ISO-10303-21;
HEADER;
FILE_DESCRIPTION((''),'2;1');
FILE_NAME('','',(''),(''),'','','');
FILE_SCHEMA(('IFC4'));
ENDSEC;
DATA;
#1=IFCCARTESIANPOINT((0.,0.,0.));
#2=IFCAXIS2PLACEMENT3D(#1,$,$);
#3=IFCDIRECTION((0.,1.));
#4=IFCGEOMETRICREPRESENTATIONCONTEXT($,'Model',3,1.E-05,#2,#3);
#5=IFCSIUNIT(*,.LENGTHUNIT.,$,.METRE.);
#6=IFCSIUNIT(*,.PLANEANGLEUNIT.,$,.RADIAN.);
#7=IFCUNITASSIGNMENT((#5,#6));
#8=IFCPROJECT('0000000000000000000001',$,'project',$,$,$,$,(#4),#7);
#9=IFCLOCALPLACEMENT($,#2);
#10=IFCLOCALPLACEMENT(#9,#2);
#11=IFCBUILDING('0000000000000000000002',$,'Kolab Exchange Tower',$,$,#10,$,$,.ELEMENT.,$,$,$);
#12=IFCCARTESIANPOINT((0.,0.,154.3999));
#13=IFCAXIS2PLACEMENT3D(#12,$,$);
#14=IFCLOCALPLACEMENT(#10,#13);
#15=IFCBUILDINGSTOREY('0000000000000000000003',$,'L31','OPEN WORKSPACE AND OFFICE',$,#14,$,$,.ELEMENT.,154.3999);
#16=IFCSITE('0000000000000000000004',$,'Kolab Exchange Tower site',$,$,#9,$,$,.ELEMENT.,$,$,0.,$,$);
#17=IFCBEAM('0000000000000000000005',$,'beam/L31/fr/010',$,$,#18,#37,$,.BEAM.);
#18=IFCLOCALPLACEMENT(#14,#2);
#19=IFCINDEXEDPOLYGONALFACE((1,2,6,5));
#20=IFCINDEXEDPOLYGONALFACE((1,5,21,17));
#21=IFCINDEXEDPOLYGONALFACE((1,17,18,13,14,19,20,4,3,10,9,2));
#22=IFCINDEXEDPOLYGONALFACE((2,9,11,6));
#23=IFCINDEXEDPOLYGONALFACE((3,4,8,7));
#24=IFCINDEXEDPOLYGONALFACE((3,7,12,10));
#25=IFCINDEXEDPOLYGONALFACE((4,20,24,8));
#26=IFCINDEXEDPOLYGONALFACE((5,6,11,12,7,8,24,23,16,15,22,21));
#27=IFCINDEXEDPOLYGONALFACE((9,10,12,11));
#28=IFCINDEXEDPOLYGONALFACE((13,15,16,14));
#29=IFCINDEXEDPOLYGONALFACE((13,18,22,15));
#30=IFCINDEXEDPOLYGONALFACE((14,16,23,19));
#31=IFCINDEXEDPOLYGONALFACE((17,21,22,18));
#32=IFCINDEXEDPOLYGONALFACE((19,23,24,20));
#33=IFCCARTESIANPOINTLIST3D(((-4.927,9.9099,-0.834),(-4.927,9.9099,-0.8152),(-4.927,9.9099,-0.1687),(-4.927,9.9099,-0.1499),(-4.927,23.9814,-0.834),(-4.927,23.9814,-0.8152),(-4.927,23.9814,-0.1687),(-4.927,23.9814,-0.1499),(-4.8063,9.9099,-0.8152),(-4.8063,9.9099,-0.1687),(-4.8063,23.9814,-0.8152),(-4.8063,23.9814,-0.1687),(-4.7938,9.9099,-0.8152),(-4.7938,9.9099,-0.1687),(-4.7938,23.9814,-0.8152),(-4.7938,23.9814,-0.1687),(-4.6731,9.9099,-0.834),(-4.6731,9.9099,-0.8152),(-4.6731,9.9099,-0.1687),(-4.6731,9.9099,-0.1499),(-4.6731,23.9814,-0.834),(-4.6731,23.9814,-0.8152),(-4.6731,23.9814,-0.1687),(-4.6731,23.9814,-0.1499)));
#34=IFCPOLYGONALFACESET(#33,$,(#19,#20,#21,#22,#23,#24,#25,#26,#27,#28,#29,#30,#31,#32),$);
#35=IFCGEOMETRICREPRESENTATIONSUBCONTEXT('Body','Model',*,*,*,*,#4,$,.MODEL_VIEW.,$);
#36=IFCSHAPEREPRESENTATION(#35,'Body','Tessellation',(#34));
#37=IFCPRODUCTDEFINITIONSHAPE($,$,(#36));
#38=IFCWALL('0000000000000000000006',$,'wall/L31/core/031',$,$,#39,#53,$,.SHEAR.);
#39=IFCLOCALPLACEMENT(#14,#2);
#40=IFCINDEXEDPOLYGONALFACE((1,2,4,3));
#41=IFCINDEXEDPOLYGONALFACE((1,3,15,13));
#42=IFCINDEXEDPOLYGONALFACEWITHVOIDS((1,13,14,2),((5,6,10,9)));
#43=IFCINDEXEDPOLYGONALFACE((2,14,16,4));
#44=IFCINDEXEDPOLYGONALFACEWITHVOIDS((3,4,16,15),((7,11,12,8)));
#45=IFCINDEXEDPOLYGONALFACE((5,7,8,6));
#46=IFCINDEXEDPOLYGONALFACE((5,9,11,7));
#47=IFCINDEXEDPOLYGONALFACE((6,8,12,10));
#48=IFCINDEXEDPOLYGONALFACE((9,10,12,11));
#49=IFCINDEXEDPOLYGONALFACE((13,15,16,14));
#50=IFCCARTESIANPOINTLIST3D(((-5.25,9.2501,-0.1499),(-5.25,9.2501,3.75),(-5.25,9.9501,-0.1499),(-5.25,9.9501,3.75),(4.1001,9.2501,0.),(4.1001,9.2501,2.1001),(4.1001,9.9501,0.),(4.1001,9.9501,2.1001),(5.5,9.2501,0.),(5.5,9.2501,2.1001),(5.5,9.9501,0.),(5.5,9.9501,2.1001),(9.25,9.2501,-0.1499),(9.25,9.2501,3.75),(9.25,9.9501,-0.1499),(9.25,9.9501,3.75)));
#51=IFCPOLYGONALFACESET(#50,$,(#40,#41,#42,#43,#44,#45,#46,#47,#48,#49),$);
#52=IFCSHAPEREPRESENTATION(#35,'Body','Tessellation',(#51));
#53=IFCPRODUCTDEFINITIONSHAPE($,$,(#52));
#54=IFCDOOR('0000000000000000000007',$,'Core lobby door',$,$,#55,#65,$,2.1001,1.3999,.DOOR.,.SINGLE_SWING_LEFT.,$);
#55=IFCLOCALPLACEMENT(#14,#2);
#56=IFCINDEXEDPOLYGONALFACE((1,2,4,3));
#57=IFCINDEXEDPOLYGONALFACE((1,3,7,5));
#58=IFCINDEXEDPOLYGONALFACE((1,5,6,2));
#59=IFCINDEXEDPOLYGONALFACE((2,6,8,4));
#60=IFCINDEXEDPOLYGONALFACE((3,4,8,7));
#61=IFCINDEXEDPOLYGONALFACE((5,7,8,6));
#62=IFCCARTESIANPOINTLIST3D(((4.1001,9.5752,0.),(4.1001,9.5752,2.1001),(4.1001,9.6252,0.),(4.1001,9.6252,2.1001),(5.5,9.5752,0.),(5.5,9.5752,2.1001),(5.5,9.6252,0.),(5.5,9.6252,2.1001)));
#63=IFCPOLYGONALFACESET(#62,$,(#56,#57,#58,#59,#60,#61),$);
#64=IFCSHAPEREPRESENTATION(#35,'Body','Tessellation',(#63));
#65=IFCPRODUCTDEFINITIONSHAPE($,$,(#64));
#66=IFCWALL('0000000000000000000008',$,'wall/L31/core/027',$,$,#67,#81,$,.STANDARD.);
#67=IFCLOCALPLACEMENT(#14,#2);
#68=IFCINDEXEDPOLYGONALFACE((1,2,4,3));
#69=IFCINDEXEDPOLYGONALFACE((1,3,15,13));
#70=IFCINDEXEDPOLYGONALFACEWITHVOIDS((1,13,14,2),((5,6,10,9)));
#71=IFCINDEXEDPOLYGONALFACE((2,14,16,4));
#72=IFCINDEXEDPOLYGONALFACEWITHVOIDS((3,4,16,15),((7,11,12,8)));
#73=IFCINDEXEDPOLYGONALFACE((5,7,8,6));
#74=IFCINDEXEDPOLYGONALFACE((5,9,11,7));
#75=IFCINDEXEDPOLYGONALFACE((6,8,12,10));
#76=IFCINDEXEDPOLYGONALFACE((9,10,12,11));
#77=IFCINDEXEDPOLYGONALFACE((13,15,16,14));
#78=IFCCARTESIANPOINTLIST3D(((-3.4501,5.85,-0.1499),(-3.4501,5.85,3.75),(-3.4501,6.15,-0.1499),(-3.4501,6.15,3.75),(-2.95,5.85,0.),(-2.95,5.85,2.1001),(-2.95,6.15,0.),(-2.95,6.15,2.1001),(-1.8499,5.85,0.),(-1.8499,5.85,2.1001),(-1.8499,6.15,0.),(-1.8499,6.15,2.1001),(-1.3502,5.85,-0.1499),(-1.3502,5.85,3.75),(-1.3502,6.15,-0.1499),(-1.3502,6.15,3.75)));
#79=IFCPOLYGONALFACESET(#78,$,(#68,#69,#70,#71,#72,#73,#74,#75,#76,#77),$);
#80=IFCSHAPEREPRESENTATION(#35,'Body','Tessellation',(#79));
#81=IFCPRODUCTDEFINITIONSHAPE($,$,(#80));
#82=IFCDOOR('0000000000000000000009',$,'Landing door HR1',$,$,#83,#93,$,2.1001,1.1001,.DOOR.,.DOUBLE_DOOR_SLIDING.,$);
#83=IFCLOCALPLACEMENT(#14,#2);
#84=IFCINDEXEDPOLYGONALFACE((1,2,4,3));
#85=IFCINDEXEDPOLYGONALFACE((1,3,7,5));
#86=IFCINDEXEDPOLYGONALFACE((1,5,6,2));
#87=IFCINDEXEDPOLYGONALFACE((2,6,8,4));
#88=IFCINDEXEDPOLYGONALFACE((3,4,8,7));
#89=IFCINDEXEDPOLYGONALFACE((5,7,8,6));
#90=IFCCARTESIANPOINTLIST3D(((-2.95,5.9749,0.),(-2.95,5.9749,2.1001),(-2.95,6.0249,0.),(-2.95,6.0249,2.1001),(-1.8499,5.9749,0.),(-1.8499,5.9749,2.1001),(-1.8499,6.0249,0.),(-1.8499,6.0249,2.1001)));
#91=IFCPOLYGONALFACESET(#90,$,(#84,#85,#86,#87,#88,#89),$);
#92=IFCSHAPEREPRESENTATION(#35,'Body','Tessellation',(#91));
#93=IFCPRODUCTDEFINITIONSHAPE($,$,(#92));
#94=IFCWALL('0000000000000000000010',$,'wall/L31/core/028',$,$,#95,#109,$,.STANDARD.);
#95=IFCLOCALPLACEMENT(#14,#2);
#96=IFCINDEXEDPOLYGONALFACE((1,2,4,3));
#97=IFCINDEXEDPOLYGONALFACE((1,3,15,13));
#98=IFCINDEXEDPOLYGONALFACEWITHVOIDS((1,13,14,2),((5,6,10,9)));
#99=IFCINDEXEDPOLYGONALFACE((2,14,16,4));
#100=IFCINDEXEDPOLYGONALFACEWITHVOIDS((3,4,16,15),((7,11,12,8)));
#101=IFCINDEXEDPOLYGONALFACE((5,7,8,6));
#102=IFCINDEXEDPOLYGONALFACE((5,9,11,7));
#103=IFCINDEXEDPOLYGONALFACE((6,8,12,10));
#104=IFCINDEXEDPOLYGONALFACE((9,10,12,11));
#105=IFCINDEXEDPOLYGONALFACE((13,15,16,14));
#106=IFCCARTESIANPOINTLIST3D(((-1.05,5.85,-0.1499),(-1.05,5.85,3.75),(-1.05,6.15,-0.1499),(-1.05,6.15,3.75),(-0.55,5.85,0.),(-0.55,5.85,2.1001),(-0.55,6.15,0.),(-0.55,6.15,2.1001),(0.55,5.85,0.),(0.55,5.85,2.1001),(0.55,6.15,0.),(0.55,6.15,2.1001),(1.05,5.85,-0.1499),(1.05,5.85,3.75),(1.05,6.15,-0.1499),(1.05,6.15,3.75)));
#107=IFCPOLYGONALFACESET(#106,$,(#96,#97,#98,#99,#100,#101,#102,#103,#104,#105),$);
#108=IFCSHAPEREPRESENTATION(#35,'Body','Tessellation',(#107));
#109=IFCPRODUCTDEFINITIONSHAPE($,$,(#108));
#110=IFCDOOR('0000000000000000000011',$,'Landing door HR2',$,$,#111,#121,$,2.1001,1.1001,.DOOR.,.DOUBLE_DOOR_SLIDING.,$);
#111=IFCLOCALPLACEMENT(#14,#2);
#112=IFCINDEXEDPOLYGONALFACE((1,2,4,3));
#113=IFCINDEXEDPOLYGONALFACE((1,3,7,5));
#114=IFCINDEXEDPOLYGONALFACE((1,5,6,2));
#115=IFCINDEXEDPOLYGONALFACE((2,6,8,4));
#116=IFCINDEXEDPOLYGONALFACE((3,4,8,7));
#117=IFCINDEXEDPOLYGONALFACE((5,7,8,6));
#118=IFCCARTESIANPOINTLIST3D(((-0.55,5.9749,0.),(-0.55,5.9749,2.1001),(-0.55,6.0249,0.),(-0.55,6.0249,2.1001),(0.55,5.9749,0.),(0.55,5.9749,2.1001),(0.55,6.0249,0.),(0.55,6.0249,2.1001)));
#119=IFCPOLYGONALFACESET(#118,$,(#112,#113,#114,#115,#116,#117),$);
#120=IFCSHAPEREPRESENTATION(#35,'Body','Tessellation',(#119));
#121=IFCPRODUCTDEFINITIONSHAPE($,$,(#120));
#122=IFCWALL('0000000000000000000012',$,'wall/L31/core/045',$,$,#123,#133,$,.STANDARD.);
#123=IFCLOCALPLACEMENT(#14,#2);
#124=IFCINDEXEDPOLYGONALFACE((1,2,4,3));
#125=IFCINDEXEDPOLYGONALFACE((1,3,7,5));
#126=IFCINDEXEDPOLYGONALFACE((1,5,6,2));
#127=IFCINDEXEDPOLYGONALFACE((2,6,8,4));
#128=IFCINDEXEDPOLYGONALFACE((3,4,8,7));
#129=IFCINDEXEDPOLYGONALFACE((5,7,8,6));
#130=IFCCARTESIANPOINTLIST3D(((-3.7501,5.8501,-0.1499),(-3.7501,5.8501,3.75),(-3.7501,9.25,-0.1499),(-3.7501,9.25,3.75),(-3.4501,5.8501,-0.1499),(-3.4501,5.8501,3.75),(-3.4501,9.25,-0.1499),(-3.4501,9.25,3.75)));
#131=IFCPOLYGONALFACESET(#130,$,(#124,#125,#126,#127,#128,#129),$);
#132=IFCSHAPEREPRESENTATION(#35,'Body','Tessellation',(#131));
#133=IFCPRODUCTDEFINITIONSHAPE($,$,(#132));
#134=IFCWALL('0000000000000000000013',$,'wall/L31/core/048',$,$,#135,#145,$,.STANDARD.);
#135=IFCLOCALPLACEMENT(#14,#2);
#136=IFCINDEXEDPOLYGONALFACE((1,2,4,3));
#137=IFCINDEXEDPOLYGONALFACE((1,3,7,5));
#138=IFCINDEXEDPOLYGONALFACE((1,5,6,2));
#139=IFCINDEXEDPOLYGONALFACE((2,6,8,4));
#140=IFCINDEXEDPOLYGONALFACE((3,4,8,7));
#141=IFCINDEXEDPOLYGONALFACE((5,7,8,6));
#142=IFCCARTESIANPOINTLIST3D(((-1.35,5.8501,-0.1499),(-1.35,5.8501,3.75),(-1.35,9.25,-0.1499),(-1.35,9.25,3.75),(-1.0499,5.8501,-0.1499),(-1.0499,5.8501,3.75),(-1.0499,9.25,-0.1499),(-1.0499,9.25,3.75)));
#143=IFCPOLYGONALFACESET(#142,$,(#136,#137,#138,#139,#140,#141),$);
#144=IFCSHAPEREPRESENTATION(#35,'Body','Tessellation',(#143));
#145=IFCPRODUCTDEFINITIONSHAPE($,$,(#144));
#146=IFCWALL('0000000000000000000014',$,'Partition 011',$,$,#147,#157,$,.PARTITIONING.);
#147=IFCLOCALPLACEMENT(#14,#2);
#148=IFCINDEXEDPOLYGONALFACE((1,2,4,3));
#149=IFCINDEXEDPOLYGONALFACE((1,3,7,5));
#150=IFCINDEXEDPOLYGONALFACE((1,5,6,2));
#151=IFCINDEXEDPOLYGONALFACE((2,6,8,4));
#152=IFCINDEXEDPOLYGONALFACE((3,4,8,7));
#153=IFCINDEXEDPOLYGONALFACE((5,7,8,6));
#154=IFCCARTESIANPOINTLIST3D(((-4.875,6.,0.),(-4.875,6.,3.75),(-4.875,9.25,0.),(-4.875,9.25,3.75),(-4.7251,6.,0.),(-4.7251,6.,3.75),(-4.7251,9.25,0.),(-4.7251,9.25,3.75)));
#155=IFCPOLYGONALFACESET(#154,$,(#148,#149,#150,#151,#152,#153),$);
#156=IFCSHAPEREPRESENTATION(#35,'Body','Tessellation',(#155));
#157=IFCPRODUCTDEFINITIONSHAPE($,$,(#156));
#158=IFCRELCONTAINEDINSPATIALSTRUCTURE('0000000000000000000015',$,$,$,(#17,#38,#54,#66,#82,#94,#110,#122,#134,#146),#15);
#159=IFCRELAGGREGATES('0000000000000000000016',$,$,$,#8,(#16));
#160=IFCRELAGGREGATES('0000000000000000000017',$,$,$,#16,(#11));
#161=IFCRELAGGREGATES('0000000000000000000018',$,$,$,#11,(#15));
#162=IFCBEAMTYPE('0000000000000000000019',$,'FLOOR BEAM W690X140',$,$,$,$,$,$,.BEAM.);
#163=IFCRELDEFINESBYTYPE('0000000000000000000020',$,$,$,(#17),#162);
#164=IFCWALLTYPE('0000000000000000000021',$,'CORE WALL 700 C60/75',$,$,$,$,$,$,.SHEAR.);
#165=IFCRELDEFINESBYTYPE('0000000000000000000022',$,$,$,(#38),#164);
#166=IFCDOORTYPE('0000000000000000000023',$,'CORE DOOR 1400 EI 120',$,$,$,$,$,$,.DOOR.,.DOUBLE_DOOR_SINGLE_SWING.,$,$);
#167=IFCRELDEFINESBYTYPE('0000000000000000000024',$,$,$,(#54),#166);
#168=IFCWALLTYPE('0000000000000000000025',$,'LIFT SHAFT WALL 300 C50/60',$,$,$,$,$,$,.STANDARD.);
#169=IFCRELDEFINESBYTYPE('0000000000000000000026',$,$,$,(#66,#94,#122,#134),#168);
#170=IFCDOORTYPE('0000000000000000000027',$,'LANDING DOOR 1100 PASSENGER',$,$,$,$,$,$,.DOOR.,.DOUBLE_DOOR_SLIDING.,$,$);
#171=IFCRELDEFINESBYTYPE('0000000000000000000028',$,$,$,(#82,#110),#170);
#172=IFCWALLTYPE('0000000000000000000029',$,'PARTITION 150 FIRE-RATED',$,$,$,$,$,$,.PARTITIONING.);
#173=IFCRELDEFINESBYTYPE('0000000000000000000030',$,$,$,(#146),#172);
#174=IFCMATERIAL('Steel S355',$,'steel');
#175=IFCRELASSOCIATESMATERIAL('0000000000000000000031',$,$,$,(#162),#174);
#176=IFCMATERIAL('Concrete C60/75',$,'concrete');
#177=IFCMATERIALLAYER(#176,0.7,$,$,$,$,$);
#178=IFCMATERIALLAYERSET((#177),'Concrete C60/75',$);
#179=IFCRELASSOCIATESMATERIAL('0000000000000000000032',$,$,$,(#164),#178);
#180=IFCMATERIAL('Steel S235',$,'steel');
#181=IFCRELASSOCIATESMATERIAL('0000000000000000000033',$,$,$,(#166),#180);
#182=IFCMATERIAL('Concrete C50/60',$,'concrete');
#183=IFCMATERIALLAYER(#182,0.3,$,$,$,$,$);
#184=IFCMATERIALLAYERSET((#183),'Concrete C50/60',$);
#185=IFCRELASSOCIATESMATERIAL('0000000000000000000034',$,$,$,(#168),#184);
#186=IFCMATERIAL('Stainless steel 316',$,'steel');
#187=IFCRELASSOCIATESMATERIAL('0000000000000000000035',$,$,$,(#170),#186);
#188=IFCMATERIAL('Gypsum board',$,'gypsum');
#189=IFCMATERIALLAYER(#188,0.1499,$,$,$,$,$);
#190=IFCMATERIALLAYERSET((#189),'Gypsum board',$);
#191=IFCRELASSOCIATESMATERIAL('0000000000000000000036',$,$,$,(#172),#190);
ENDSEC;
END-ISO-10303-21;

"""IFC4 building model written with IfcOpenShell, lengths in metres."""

from ifc_helpers import new_model, si_unit, direction, frame, frame_2d, origin, origin_2d, place, context, subcontext, project, spatial, rectangle, i_section, extrude, material, layer, layer_set, material_profile, profile_set, type_object, element, fill, save


model = new_model("IFC4")

# Units and contexts
model_context = context("Model", 3, precision=1e-05, world=origin(), true_north=direction((0.0, 1.0)))
body_context = subcontext(model_context, "Body", "Model", "MODEL_VIEW")
ifc_project = project(units=[si_unit("LENGTHUNIT", "METRE"), si_unit("PLANEANGLEUNIT", "RADIAN")], contexts=[model_context])

# Site, building, storey
site_placement = place(None, origin())
site = spatial("IfcSite", under=ifc_project, at=site_placement, Name="Kolab Exchange Tower site", CompositionType="ELEMENT", RefElevation=0.0)
building_placement = place(site_placement, origin())
building = spatial("IfcBuilding", under=site, at=building_placement, Name="Kolab Exchange Tower", CompositionType="ELEMENT")
storey_placement = place(building_placement, frame((0.0, 0.0, 154.3999)))
storey = spatial("IfcBuildingStorey", under=building, at=storey_placement, Name="L31", Description="OPEN WORKSPACE AND OFFICE", CompositionType="ELEMENT", Elevation=154.3999)

# Beam
ifc_material_1 = material(Name="Steel S355", Category="steel")
ifc_material_profile = material_profile(ifc_material_1, i_section(OverallWidth=0.2539, OverallDepth=0.6841, WebThickness=0.0125, FlangeThickness=0.0188, at=origin_2d()), Name="W690X140")
ifc_profile_set = profile_set([ifc_material_profile], Name="Steel S355")
beam_type = type_object("IfcBeamType", Name="FLOOR BEAM W690X140", PredefinedType="BEAM", material=ifc_profile_set)
beam_placement = place(storey_placement, frame((-4.8, 9.9099, -0.4919), z_axis=(0.0, 1.0, 0.0), x_axis=(-1.0, 0.0, 0.0)))
element("IfcBeam", 1, at=beam_placement, inside=storey, type_object=beam_type, Name="beam/L31/fr/010", PredefinedType="BEAM", context=body_context, shape_type="SweptSolid", body=[
    extrude(i_section(OverallWidth=0.2539, OverallDepth=0.6841, WebThickness=0.0125, FlangeThickness=0.0188, at=origin_2d()), origin(), (0.0, 0.0, 1.0), 14.0715),
])

# Walls, openings, doors
ifc_material_2 = material(Name="Concrete C60/75", Category="concrete")
ifc_layer_1 = layer(ifc_material_2, 0.7)
ifc_layer_set_1 = layer_set([ifc_layer_1], Name="Concrete C60/75")
wall_type_1 = type_object("IfcWallType", Name="CORE WALL 700 C60/75", PredefinedType="SHEAR", material=ifc_layer_set_1)
wall_1_placement = place(storey_placement, frame((-5.25, 9.6001, -0.1499), z_axis=(0.0, 0.0, 1.0), x_axis=(1.0, 0.0, 0.0)))
wall_1 = element("IfcWall", 2, at=wall_1_placement, inside=storey, type_object=wall_type_1, Name="wall/L31/core/031", PredefinedType="SHEAR", context=body_context, shape_type="SweptSolid", body=[
    extrude(rectangle(XDim=14.5, YDim=0.7, at=frame_2d((7.25, 0.0))), origin(), (0.0, 0.0, 1.0), 3.8999),
])
opening_1_placement = place(wall_1_placement, frame((9.3501, 0.0, 0.1499)))
opening_1 = element("IfcOpeningElement", 3, at=opening_1_placement, cuts=wall_1, PredefinedType="OPENING", context=body_context, shape_type="SweptSolid", body=[
    extrude(rectangle(XDim=1.3999, YDim=2.1001, at=frame_2d((0.7, 1.05))), frame((0.0, 0.3599, 0.0), z_axis=(0.0, -1.0, 0.0), x_axis=(1.0, 0.0, 0.0)), (0.0, 0.0, 1.0), 0.72),
])
ifc_material_3 = material(Name="Steel S235", Category="steel")
door_type_1 = type_object("IfcDoorType", Name="CORE DOOR 1400 EI 120", OperationType="DOUBLE_DOOR_SINGLE_SWING", PredefinedType="DOOR", material=ifc_material_3)
door_1_placement = place(opening_1_placement, frame((1.3999, 0.0, 0.0), z_axis=(0.0, 0.0, 1.0), x_axis=(-1.0, 0.0, 0.0)))
door_1 = element("IfcDoor", 4, at=door_1_placement, inside=storey, type_object=door_type_1, Name="Core lobby door", OperationType="SINGLE_SWING_LEFT", OverallHeight=2.1001, OverallWidth=1.3999, PredefinedType="DOOR", context=body_context, shape_type="SweptSolid", body=[
    extrude(rectangle(XDim=1.3999, YDim=2.1001, at=frame_2d((0.7, 1.05))), frame((0.0, 0.0249, 0.0), z_axis=(0.0, -1.0, 0.0), x_axis=(1.0, 0.0, 0.0)), (0.0, 0.0, 1.0), 0.05),
])
fill(opening_1, door_1)
ifc_material_4 = material(Name="Concrete C50/60", Category="concrete")
ifc_layer_2 = layer(ifc_material_4, 0.3)
ifc_layer_set_2 = layer_set([ifc_layer_2], Name="Concrete C50/60")
wall_type_2 = type_object("IfcWallType", Name="LIFT SHAFT WALL 300 C50/60", PredefinedType="STANDARD", material=ifc_layer_set_2)
wall_2_placement = place(storey_placement, frame((-3.45, 6.0, -0.1499), z_axis=(0.0, 0.0, 1.0), x_axis=(1.0, 0.0, 0.0)))
wall_2 = element("IfcWall", 5, at=wall_2_placement, inside=storey, type_object=wall_type_2, Name="wall/L31/core/027", PredefinedType="STANDARD", context=body_context, shape_type="SweptSolid", body=[
    extrude(rectangle(XDim=2.0999, YDim=0.3, at=frame_2d((1.0498, 0.0))), origin(), (0.0, 0.0, 1.0), 3.8999),
])
opening_2_placement = place(wall_2_placement, frame((0.5, 0.0, 0.1499)))
opening_2 = element("IfcOpeningElement", 6, at=opening_2_placement, cuts=wall_2, PredefinedType="OPENING", context=body_context, shape_type="SweptSolid", body=[
    extrude(rectangle(XDim=1.1001, YDim=2.1001, at=frame_2d((0.55, 1.05))), frame((0.0, 0.1602, 0.0), z_axis=(0.0, -1.0, 0.0), x_axis=(1.0, 0.0, 0.0)), (0.0, 0.0, 1.0), 0.3201),
])
ifc_material_5 = material(Name="Stainless steel 316", Category="steel")
door_type_2 = type_object("IfcDoorType", Name="LANDING DOOR 1100 PASSENGER", OperationType="DOUBLE_DOOR_SLIDING", PredefinedType="DOOR", material=ifc_material_5)
door_2_placement = place(opening_2_placement, origin())
door_2 = element("IfcDoor", 7, at=door_2_placement, inside=storey, type_object=door_type_2, Name="Landing door HR1", OperationType="DOUBLE_DOOR_SLIDING", OverallHeight=2.1001, OverallWidth=1.1001, PredefinedType="DOOR", context=body_context, shape_type="SweptSolid", body=[
    extrude(rectangle(XDim=1.1001, YDim=2.1001, at=frame_2d((0.55, 1.05))), frame((0.0, 0.0249, 0.0), z_axis=(0.0, -1.0, 0.0), x_axis=(1.0, 0.0, 0.0)), (0.0, 0.0, 1.0), 0.05),
])
fill(opening_2, door_2)
wall_3_placement = place(storey_placement, frame((-1.05, 6.0, -0.1499), z_axis=(0.0, 0.0, 1.0), x_axis=(1.0, 0.0, 0.0)))
wall_3 = element("IfcWall", 8, at=wall_3_placement, inside=storey, type_object=wall_type_2, Name="wall/L31/core/028", PredefinedType="STANDARD", context=body_context, shape_type="SweptSolid", body=[
    extrude(rectangle(XDim=2.1001, YDim=0.3, at=frame_2d((1.05, 0.0))), origin(), (0.0, 0.0, 1.0), 3.8999),
])
opening_3_placement = place(wall_3_placement, frame((0.5, 0.0, 0.1499)))
opening_3 = element("IfcOpeningElement", 9, at=opening_3_placement, cuts=wall_3, PredefinedType="OPENING", context=body_context, shape_type="SweptSolid", body=[
    extrude(rectangle(XDim=1.1001, YDim=2.1001, at=frame_2d((0.55, 1.05))), frame((0.0, 0.1602, 0.0), z_axis=(0.0, -1.0, 0.0), x_axis=(1.0, 0.0, 0.0)), (0.0, 0.0, 1.0), 0.3201),
])
door_3_placement = place(opening_3_placement, origin())
door_3 = element("IfcDoor", 10, at=door_3_placement, inside=storey, type_object=door_type_2, Name="Landing door HR2", OperationType="DOUBLE_DOOR_SLIDING", OverallHeight=2.1001, OverallWidth=1.1001, PredefinedType="DOOR", context=body_context, shape_type="SweptSolid", body=[
    extrude(rectangle(XDim=1.1001, YDim=2.1001, at=frame_2d((0.55, 1.05))), frame((0.0, 0.0249, 0.0), z_axis=(0.0, -1.0, 0.0), x_axis=(1.0, 0.0, 0.0)), (0.0, 0.0, 1.0), 0.05),
])
fill(opening_3, door_3)

# Walls
for number, where, z_axis, x_axis, name in (
    (11, (-3.6001, 5.8501, -0.1499), (0.0, 0.0, 1.0), (0.0, 1.0, 0.0), "wall/L31/core/045"),
    (12, (-1.2, 5.8501, -0.1499), (0.0, 0.0, 1.0), (0.0, 1.0, 0.0), "wall/L31/core/048"),
):
    element("IfcWall", number, at=place(storey_placement, frame(where, z_axis=z_axis, x_axis=x_axis)), inside=storey, type_object=wall_type_2, Name=name, PredefinedType="STANDARD", context=body_context, shape_type="SweptSolid", body=[
        extrude(rectangle(XDim=3.3999, YDim=0.3, at=frame_2d((1.7, 0.0))), origin(), (0.0, 0.0, 1.0), 3.8999),
    ])
ifc_material_6 = material(Name="Gypsum board", Category="gypsum")
ifc_layer_3 = layer(ifc_material_6, 0.1499)
ifc_layer_set_3 = layer_set([ifc_layer_3], Name="Gypsum board")
wall_type_3 = type_object("IfcWallType", Name="PARTITION 150 FIRE-RATED", PredefinedType="PARTITIONING", material=ifc_layer_set_3)
wall_4_placement = place(storey_placement, frame((-4.8, 6.0, 0.0), z_axis=(0.0, 0.0, 1.0), x_axis=(0.0, 1.0, 0.0)))
element("IfcWall", 13, at=wall_4_placement, inside=storey, type_object=wall_type_3, Name="Partition 011", PredefinedType="PARTITIONING", context=body_context, shape_type="SweptSolid", body=[
    extrude(rectangle(XDim=3.25, YDim=0.1499, at=frame_2d((1.625, 0.0))), origin(), (0.0, 0.0, 1.0), 3.75),
])

save(model, "model.ifc")
